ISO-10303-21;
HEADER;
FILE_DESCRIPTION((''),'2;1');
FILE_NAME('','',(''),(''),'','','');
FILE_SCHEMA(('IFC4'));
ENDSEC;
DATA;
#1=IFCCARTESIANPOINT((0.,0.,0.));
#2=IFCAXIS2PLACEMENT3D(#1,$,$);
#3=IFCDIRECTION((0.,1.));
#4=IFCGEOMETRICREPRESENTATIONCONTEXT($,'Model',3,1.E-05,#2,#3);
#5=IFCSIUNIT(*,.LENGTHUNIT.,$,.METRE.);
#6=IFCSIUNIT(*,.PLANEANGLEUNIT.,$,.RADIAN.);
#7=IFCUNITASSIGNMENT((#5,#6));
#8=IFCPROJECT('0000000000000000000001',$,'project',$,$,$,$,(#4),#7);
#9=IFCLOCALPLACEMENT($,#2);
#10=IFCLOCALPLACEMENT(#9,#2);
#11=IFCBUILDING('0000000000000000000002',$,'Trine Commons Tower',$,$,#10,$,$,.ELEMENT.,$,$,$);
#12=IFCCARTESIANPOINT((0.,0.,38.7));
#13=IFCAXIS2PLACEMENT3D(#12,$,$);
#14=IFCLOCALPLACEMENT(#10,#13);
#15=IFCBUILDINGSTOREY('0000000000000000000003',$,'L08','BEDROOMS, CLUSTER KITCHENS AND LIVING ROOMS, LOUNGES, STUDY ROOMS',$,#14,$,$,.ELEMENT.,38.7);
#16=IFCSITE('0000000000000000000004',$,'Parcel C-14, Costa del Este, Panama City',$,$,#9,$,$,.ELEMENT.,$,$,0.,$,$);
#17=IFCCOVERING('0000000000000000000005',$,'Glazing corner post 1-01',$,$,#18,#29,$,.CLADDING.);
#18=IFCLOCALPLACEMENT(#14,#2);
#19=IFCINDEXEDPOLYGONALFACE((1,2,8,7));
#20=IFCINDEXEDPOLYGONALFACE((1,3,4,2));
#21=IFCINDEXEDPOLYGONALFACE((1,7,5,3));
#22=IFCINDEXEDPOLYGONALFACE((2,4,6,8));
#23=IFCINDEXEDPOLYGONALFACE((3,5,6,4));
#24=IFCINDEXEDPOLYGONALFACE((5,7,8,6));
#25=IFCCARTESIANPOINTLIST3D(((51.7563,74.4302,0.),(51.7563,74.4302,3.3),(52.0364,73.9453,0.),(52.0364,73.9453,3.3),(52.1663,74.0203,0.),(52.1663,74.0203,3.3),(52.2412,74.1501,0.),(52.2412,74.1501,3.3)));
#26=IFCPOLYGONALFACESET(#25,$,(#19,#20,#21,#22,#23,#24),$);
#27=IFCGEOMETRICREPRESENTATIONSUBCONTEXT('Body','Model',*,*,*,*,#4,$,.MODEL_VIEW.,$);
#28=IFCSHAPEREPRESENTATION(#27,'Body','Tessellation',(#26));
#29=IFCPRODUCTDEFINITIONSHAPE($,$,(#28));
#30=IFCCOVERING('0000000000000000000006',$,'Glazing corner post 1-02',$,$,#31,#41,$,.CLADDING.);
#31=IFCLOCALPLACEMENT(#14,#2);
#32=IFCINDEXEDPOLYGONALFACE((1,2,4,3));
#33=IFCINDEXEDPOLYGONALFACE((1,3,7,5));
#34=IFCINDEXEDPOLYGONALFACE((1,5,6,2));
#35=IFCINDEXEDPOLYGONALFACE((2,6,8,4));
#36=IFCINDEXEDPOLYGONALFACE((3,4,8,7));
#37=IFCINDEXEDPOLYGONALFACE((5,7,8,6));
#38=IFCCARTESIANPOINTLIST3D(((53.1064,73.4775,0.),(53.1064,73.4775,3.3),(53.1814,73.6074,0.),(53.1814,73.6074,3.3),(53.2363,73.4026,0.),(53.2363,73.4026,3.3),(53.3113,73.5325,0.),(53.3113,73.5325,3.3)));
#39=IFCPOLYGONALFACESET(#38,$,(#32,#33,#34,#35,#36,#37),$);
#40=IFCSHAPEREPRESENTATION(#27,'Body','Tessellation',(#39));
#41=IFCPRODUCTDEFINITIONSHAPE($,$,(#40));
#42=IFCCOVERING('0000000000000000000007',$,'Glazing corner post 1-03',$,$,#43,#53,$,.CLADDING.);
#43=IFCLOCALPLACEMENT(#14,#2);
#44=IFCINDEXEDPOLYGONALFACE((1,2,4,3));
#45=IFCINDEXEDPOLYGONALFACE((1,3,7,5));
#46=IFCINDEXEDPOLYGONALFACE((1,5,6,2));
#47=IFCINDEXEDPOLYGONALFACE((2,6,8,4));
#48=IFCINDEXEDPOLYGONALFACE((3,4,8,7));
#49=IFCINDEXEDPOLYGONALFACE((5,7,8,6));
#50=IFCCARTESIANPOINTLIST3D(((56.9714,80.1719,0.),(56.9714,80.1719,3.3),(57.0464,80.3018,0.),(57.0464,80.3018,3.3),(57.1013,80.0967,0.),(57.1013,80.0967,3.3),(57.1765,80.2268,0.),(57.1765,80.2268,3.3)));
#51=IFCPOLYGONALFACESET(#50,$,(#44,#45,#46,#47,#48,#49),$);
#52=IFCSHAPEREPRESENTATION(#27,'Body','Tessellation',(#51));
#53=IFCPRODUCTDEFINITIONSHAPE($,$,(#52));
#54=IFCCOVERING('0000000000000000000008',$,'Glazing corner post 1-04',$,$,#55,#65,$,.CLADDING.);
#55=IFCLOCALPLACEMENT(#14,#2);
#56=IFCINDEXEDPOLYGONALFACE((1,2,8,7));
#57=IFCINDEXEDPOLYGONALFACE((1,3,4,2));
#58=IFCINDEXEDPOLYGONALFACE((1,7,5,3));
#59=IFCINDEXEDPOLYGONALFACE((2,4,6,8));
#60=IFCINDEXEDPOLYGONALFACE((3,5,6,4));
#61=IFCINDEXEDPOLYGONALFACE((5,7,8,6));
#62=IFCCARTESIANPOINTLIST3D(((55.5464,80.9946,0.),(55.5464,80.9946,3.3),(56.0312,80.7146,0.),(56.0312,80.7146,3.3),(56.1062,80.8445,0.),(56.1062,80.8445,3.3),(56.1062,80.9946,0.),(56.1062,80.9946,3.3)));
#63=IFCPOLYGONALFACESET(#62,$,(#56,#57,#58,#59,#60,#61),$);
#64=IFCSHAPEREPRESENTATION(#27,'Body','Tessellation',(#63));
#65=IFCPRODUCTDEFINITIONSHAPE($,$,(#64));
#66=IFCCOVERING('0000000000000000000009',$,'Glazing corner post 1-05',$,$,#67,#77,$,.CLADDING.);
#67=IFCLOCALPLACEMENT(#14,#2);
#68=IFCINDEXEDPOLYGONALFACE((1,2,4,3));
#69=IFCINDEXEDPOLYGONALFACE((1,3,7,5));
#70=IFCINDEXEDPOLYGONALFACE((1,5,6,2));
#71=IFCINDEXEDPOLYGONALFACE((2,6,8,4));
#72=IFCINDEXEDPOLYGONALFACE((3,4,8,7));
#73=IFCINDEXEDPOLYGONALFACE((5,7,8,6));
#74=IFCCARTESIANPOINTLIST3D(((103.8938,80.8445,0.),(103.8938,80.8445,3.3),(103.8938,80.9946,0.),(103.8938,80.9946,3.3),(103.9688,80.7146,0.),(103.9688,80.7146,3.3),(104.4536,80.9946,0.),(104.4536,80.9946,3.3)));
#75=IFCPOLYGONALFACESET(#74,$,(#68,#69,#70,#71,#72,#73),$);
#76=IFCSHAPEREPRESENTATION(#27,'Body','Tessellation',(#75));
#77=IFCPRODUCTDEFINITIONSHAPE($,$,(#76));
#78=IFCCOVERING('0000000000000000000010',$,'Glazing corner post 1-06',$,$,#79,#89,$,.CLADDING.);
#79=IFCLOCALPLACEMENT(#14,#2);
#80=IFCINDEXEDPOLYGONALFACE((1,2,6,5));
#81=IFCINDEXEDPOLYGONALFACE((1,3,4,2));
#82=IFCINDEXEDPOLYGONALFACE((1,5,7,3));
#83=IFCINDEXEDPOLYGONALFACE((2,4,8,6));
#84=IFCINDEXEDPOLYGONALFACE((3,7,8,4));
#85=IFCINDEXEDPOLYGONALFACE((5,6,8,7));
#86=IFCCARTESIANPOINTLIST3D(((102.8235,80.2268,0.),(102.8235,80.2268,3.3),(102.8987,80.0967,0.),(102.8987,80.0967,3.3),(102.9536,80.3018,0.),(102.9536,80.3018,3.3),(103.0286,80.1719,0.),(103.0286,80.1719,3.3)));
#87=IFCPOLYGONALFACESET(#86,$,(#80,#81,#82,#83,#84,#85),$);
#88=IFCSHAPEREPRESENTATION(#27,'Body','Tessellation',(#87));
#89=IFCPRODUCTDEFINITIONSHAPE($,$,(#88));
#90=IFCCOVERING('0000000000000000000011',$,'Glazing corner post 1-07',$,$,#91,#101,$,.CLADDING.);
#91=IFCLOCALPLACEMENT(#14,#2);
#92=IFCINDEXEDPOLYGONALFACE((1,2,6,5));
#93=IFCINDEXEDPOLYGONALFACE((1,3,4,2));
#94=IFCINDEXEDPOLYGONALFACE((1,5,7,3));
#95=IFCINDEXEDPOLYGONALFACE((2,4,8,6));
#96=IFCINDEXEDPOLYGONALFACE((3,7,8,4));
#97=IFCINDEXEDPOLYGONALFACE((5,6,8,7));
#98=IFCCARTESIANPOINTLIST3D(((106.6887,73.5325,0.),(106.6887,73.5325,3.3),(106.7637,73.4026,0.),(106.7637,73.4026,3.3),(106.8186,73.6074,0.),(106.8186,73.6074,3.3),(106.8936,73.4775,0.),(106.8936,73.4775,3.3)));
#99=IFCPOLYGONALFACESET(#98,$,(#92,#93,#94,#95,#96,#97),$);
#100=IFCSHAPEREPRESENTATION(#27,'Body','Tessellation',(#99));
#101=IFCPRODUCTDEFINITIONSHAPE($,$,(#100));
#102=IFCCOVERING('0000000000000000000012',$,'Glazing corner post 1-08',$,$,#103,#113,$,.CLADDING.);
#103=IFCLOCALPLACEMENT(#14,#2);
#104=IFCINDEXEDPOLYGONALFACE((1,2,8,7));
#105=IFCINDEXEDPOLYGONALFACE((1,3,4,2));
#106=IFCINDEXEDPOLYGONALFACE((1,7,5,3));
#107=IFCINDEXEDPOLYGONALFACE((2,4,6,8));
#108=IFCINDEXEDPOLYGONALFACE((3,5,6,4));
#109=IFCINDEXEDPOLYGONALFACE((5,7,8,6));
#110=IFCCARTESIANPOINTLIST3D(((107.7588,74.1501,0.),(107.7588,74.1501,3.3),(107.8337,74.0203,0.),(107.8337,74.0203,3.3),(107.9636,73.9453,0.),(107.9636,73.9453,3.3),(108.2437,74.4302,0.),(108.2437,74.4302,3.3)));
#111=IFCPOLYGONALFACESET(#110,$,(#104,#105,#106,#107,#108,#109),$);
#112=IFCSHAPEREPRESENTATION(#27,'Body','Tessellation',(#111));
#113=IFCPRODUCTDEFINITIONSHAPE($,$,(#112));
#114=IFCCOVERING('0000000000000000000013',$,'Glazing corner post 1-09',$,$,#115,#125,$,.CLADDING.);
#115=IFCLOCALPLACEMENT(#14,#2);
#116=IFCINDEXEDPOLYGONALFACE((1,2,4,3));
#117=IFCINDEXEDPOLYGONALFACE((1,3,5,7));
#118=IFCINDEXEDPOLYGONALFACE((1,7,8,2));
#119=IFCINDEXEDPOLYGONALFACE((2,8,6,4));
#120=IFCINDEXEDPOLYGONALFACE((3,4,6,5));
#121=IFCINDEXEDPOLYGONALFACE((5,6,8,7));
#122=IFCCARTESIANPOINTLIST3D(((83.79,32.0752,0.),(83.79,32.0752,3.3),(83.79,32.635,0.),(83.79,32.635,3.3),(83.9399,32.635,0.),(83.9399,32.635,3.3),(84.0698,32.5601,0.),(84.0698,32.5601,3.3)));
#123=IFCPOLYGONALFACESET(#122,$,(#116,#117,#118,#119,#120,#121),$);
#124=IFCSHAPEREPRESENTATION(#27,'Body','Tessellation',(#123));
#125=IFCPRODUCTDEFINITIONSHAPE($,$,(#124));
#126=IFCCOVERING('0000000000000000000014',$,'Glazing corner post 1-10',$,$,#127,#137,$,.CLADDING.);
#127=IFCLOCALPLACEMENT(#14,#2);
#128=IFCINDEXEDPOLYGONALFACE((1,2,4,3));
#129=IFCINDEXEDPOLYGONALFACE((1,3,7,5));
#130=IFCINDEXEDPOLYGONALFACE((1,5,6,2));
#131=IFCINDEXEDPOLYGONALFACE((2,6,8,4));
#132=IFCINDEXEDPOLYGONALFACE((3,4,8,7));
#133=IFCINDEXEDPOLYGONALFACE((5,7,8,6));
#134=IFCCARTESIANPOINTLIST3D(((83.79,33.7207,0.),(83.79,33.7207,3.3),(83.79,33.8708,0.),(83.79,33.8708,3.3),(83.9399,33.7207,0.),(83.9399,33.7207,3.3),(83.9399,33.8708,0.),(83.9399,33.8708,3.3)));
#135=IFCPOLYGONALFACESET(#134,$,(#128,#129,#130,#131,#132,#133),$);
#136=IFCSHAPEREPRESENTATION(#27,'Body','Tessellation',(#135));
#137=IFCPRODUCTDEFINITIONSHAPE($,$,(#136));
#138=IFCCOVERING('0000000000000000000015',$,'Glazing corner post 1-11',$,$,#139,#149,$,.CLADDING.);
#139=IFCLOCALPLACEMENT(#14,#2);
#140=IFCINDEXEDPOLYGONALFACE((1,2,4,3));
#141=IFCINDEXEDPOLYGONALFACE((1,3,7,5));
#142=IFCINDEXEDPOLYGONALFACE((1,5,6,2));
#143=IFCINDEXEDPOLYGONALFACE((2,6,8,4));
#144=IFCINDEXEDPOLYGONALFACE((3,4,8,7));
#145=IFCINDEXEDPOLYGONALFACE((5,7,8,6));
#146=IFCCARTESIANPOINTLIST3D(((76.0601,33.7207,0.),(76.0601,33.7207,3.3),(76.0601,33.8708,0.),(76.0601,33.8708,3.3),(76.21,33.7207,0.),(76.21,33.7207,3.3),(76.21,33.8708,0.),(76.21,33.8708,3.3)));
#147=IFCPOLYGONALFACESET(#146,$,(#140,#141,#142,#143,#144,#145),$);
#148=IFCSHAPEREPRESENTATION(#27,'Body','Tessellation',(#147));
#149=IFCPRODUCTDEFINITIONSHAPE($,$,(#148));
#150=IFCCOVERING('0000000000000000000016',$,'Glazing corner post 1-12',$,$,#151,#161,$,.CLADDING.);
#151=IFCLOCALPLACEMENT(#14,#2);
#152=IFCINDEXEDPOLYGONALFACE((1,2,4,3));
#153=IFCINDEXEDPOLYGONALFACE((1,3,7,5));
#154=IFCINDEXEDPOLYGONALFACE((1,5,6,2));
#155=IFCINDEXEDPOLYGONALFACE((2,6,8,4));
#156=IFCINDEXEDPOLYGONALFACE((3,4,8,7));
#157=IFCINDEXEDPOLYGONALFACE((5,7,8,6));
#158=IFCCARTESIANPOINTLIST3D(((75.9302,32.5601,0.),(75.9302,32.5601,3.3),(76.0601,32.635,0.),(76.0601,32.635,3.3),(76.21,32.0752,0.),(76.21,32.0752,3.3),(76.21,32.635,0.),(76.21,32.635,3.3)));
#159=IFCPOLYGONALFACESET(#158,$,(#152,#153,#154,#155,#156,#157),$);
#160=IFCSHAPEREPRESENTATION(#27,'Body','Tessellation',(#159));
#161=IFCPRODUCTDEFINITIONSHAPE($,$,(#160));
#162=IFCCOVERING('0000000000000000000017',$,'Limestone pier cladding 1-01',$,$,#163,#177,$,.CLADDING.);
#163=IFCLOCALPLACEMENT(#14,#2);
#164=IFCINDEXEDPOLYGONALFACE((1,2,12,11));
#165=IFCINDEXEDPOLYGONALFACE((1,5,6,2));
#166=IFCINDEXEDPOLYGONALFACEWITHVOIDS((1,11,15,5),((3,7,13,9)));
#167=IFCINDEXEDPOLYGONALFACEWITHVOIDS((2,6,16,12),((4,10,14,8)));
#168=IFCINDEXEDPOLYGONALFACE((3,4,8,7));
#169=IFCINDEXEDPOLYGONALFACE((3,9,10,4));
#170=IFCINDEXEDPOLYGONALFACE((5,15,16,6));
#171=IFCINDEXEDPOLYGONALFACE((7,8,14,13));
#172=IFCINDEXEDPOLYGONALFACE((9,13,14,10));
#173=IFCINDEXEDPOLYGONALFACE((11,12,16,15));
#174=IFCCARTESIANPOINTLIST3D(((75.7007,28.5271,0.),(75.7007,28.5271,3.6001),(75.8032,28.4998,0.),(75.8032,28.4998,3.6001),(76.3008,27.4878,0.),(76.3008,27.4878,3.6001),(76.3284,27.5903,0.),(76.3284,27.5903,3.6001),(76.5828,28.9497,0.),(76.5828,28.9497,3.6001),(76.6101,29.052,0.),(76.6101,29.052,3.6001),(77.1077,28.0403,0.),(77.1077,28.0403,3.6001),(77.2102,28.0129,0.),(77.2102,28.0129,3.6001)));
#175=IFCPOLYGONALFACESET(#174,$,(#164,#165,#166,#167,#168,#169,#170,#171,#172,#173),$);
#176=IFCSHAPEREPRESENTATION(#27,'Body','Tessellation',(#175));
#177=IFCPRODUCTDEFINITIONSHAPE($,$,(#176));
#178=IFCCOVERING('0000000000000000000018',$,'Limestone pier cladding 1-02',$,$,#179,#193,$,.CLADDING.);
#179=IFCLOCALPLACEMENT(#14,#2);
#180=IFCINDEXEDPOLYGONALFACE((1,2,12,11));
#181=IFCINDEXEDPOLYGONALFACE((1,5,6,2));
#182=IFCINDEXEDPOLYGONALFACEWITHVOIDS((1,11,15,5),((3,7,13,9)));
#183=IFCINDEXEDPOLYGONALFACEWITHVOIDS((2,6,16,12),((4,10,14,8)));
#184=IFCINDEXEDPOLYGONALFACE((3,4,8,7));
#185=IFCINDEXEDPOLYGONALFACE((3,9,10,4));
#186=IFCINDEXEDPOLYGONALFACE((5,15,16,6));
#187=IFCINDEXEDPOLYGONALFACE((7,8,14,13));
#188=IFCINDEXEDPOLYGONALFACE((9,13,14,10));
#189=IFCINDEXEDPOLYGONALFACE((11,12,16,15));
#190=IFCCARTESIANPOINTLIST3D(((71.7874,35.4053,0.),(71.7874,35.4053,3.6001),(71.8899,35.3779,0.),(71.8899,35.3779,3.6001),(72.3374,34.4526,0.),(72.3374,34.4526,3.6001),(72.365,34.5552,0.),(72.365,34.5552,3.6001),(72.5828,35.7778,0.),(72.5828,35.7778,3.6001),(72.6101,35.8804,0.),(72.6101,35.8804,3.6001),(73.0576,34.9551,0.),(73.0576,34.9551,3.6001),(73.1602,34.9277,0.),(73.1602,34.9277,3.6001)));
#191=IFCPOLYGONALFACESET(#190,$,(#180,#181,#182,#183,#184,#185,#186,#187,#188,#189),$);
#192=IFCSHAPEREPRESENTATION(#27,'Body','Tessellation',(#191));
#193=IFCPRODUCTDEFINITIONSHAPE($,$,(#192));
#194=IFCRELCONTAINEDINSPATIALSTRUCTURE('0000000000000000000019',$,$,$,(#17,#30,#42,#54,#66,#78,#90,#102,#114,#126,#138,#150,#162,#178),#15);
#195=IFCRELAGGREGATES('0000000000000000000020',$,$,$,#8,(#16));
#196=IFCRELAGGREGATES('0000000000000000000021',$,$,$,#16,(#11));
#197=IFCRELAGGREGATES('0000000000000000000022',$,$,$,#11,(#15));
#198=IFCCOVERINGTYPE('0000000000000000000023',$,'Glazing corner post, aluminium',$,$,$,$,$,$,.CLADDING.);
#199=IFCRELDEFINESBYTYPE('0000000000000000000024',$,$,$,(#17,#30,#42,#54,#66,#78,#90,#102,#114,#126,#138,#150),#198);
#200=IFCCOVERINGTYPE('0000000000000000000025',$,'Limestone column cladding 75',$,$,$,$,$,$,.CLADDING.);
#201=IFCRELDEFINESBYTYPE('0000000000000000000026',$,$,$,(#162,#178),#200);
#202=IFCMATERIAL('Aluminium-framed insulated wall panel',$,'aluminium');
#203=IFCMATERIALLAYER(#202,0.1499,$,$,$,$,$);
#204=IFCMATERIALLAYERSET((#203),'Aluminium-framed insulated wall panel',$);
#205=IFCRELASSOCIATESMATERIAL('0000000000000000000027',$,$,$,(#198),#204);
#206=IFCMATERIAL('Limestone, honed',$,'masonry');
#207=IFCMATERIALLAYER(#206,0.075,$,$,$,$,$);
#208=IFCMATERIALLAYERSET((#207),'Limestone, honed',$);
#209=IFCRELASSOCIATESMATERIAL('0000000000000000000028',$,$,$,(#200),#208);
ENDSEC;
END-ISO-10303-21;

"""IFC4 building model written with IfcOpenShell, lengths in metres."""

from ifc_helpers import new_model, si_unit, direction, frame, origin, place, context, subcontext, project, spatial, polyline, outline, extrude, material, layer, layer_set, type_object, element, save


model = new_model("IFC4")

# Units and contexts
model_context = context("Model", 3, precision=1e-05, world=origin(), true_north=direction((0.0, 1.0)))
body_context = subcontext(model_context, "Body", "Model", "MODEL_VIEW")
ifc_project = project(units=[si_unit("LENGTHUNIT", "METRE"), si_unit("PLANEANGLEUNIT", "RADIAN")], contexts=[model_context])

# Site, building, storey
site_placement = place(None, origin())
site = spatial("IfcSite", under=ifc_project, at=site_placement, Name="Parcel C-14, Costa del Este, Panama City", CompositionType="ELEMENT", RefElevation=0.0)
building_placement = place(site_placement, origin())
building = spatial("IfcBuilding", under=site, at=building_placement, Name="Trine Commons Tower", CompositionType="ELEMENT")
storey_placement = place(building_placement, frame((0.0, 0.0, 38.7)))
storey = spatial("IfcBuildingStorey", under=building, at=storey_placement, Name="L08", Description="BEDROOMS, CLUSTER KITCHENS AND LIVING ROOMS, LOUNGES, STUDY ROOMS", CompositionType="ELEMENT", Elevation=38.7)

# Coverings
ifc_material_1 = material(Name="Aluminium-framed insulated wall panel", Category="aluminium")
ifc_layer_1 = layer(ifc_material_1, 0.1499)
ifc_layer_set_1 = layer_set([ifc_layer_1], Name="Aluminium-framed insulated wall panel")
covering_type_1 = type_object("IfcCoveringType", Name="Glazing corner post, aluminium", PredefinedType="CLADDING", material=ifc_layer_set_1)
covering_1_placement = place(storey_placement, origin())
element("IfcCovering", 1, at=covering_1_placement, inside=storey, type_object=covering_type_1, Name="Glazing corner post 1-01", PredefinedType="CLADDING", context=body_context, shape_type="SweptSolid", body=[
    extrude(outline(polyline([(51.7563, 74.4302), (51.7563, 74.4302), (52.0364, 73.9453), (52.1663, 74.0203), (52.1663, 74.0203), (52.1663, 74.0203), (52.1663, 74.0203), (52.2412, 74.1501), (51.7563, 74.4302)])), origin(), (0.0, 0.0, 1.0), 3.3),
])
covering_2_placement = place(storey_placement, origin())
element("IfcCovering", 2, at=covering_2_placement, inside=storey, type_object=covering_type_1, Name="Glazing corner post 1-02", PredefinedType="CLADDING", context=body_context, shape_type="SweptSolid", body=[
    extrude(outline(polyline([(53.1064, 73.4775), (53.2363, 73.4026), (53.3113, 73.5325), (53.1814, 73.6074), (53.1064, 73.4775)])), origin(), (0.0, 0.0, 1.0), 3.3),
])
covering_3_placement = place(storey_placement, origin())
element("IfcCovering", 3, at=covering_3_placement, inside=storey, type_object=covering_type_1, Name="Glazing corner post 1-03", PredefinedType="CLADDING", context=body_context, shape_type="SweptSolid", body=[
    extrude(outline(polyline([(57.1013, 80.0967), (57.1765, 80.2268), (57.0464, 80.3018), (56.9714, 80.1719), (57.1013, 80.0967)])), origin(), (0.0, 0.0, 1.0), 3.3),
])
covering_4_placement = place(storey_placement, origin())
element("IfcCovering", 4, at=covering_4_placement, inside=storey, type_object=covering_type_1, Name="Glazing corner post 1-04", PredefinedType="CLADDING", context=body_context, shape_type="SweptSolid", body=[
    extrude(outline(polyline([(56.0312, 80.7146), (56.1062, 80.8445), (56.1062, 80.9946), (55.5464, 80.9946), (56.0312, 80.7146)])), origin(), (0.0, 0.0, 1.0), 3.3),
])
covering_5_placement = place(storey_placement, origin())
element("IfcCovering", 5, at=covering_5_placement, inside=storey, type_object=covering_type_1, Name="Glazing corner post 1-05", PredefinedType="CLADDING", context=body_context, shape_type="SweptSolid", body=[
    extrude(outline(polyline([(103.9688, 80.7146), (104.4536, 80.9946), (103.8938, 80.9946), (103.8938, 80.8445), (103.9688, 80.7146)])), origin(), (0.0, 0.0, 1.0), 3.3),
])
covering_6_placement = place(storey_placement, origin())
element("IfcCovering", 6, at=covering_6_placement, inside=storey, type_object=covering_type_1, Name="Glazing corner post 1-06", PredefinedType="CLADDING", context=body_context, shape_type="SweptSolid", body=[
    extrude(outline(polyline([(102.8987, 80.0967), (103.0286, 80.1719), (102.9536, 80.3018), (102.8235, 80.2268), (102.8987, 80.0967)])), origin(), (0.0, 0.0, 1.0), 3.3),
])
covering_7_placement = place(storey_placement, origin())
element("IfcCovering", 7, at=covering_7_placement, inside=storey, type_object=covering_type_1, Name="Glazing corner post 1-07", PredefinedType="CLADDING", context=body_context, shape_type="SweptSolid", body=[
    extrude(outline(polyline([(106.6887, 73.5325), (106.7637, 73.4026), (106.8936, 73.4775), (106.8186, 73.6074), (106.6887, 73.5325)])), origin(), (0.0, 0.0, 1.0), 3.3),
])
covering_8_placement = place(storey_placement, origin())
element("IfcCovering", 8, at=covering_8_placement, inside=storey, type_object=covering_type_1, Name="Glazing corner post 1-08", PredefinedType="CLADDING", context=body_context, shape_type="SweptSolid", body=[
    extrude(outline(polyline([(107.9636, 73.9453), (108.2437, 74.4302), (107.7588, 74.1501), (107.8337, 74.0203), (107.9636, 73.9453)])), origin(), (0.0, 0.0, 1.0), 3.3),
])
covering_9_placement = place(storey_placement, origin())
element("IfcCovering", 9, at=covering_9_placement, inside=storey, type_object=covering_type_1, Name="Glazing corner post 1-09", PredefinedType="CLADDING", context=body_context, shape_type="SweptSolid", body=[
    extrude(outline(polyline([(83.79, 32.635), (83.79, 32.0752), (84.0698, 32.5601), (83.9399, 32.635), (83.9399, 32.635), (83.79, 32.635)])), origin(), (0.0, 0.0, 1.0), 3.3),
])
covering_10_placement = place(storey_placement, origin())
element("IfcCovering", 10, at=covering_10_placement, inside=storey, type_object=covering_type_1, Name="Glazing corner post 1-10", PredefinedType="CLADDING", context=body_context, shape_type="SweptSolid", body=[
    extrude(outline(polyline([(83.9399, 33.7207), (83.9399, 33.8708), (83.79, 33.8708), (83.79, 33.7207), (83.9399, 33.7207)])), origin(), (0.0, 0.0, 1.0), 3.3),
])
covering_11_placement = place(storey_placement, origin())
element("IfcCovering", 11, at=covering_11_placement, inside=storey, type_object=covering_type_1, Name="Glazing corner post 1-11", PredefinedType="CLADDING", context=body_context, shape_type="SweptSolid", body=[
    extrude(outline(polyline([(76.21, 33.8708), (76.0601, 33.8708), (76.0601, 33.7207), (76.21, 33.7207), (76.21, 33.8708)])), origin(), (0.0, 0.0, 1.0), 3.3),
])
covering_12_placement = place(storey_placement, origin())
element("IfcCovering", 12, at=covering_12_placement, inside=storey, type_object=covering_type_1, Name="Glazing corner post 1-12", PredefinedType="CLADDING", context=body_context, shape_type="SweptSolid", body=[
    extrude(outline(polyline([(75.9302, 32.5601), (76.21, 32.0752), (76.21, 32.635), (76.0601, 32.635), (75.9302, 32.5601)])), origin(), (0.0, 0.0, 1.0), 3.3),
])
ifc_material_2 = material(Name="Limestone, honed", Category="masonry")
ifc_layer_2 = layer(ifc_material_2, 0.075)
ifc_layer_set_2 = layer_set([ifc_layer_2], Name="Limestone, honed")
covering_type_2 = type_object("IfcCoveringType", Name="Limestone column cladding 75", PredefinedType="CLADDING", material=ifc_layer_set_2)
covering_13_placement = place(storey_placement, origin())
element("IfcCovering", 13, at=covering_13_placement, inside=storey, type_object=covering_type_2, Name="Limestone pier cladding 1-01", PredefinedType="CLADDING", context=body_context, shape_type="SweptSolid", body=[
    extrude(outline(polyline([(76.6101, 29.052), (75.7007, 28.5271), (76.3008, 27.4878), (77.2102, 28.0129), (76.6101, 29.052)]), holes=[polyline([(76.5828, 28.9497), (75.8032, 28.4998), (76.3284, 27.5903), (77.1077, 28.0403), (76.5828, 28.9497)])]), origin(), (0.0, 0.0, 1.0), 3.6001),
])
covering_14_placement = place(storey_placement, origin())
element("IfcCovering", 14, at=covering_14_placement, inside=storey, type_object=covering_type_2, Name="Limestone pier cladding 1-02", PredefinedType="CLADDING", context=body_context, shape_type="SweptSolid", body=[
    extrude(outline(polyline([(72.6101, 35.8804), (71.7874, 35.4053), (72.3374, 34.4526), (73.1602, 34.9277), (72.6101, 35.8804)]), holes=[polyline([(72.5828, 35.7778), (71.8899, 35.3779), (72.365, 34.5552), (73.0576, 34.9551), (72.5828, 35.7778)])]), origin(), (0.0, 0.0, 1.0), 3.6001),
])

save(model, "model.ifc")
